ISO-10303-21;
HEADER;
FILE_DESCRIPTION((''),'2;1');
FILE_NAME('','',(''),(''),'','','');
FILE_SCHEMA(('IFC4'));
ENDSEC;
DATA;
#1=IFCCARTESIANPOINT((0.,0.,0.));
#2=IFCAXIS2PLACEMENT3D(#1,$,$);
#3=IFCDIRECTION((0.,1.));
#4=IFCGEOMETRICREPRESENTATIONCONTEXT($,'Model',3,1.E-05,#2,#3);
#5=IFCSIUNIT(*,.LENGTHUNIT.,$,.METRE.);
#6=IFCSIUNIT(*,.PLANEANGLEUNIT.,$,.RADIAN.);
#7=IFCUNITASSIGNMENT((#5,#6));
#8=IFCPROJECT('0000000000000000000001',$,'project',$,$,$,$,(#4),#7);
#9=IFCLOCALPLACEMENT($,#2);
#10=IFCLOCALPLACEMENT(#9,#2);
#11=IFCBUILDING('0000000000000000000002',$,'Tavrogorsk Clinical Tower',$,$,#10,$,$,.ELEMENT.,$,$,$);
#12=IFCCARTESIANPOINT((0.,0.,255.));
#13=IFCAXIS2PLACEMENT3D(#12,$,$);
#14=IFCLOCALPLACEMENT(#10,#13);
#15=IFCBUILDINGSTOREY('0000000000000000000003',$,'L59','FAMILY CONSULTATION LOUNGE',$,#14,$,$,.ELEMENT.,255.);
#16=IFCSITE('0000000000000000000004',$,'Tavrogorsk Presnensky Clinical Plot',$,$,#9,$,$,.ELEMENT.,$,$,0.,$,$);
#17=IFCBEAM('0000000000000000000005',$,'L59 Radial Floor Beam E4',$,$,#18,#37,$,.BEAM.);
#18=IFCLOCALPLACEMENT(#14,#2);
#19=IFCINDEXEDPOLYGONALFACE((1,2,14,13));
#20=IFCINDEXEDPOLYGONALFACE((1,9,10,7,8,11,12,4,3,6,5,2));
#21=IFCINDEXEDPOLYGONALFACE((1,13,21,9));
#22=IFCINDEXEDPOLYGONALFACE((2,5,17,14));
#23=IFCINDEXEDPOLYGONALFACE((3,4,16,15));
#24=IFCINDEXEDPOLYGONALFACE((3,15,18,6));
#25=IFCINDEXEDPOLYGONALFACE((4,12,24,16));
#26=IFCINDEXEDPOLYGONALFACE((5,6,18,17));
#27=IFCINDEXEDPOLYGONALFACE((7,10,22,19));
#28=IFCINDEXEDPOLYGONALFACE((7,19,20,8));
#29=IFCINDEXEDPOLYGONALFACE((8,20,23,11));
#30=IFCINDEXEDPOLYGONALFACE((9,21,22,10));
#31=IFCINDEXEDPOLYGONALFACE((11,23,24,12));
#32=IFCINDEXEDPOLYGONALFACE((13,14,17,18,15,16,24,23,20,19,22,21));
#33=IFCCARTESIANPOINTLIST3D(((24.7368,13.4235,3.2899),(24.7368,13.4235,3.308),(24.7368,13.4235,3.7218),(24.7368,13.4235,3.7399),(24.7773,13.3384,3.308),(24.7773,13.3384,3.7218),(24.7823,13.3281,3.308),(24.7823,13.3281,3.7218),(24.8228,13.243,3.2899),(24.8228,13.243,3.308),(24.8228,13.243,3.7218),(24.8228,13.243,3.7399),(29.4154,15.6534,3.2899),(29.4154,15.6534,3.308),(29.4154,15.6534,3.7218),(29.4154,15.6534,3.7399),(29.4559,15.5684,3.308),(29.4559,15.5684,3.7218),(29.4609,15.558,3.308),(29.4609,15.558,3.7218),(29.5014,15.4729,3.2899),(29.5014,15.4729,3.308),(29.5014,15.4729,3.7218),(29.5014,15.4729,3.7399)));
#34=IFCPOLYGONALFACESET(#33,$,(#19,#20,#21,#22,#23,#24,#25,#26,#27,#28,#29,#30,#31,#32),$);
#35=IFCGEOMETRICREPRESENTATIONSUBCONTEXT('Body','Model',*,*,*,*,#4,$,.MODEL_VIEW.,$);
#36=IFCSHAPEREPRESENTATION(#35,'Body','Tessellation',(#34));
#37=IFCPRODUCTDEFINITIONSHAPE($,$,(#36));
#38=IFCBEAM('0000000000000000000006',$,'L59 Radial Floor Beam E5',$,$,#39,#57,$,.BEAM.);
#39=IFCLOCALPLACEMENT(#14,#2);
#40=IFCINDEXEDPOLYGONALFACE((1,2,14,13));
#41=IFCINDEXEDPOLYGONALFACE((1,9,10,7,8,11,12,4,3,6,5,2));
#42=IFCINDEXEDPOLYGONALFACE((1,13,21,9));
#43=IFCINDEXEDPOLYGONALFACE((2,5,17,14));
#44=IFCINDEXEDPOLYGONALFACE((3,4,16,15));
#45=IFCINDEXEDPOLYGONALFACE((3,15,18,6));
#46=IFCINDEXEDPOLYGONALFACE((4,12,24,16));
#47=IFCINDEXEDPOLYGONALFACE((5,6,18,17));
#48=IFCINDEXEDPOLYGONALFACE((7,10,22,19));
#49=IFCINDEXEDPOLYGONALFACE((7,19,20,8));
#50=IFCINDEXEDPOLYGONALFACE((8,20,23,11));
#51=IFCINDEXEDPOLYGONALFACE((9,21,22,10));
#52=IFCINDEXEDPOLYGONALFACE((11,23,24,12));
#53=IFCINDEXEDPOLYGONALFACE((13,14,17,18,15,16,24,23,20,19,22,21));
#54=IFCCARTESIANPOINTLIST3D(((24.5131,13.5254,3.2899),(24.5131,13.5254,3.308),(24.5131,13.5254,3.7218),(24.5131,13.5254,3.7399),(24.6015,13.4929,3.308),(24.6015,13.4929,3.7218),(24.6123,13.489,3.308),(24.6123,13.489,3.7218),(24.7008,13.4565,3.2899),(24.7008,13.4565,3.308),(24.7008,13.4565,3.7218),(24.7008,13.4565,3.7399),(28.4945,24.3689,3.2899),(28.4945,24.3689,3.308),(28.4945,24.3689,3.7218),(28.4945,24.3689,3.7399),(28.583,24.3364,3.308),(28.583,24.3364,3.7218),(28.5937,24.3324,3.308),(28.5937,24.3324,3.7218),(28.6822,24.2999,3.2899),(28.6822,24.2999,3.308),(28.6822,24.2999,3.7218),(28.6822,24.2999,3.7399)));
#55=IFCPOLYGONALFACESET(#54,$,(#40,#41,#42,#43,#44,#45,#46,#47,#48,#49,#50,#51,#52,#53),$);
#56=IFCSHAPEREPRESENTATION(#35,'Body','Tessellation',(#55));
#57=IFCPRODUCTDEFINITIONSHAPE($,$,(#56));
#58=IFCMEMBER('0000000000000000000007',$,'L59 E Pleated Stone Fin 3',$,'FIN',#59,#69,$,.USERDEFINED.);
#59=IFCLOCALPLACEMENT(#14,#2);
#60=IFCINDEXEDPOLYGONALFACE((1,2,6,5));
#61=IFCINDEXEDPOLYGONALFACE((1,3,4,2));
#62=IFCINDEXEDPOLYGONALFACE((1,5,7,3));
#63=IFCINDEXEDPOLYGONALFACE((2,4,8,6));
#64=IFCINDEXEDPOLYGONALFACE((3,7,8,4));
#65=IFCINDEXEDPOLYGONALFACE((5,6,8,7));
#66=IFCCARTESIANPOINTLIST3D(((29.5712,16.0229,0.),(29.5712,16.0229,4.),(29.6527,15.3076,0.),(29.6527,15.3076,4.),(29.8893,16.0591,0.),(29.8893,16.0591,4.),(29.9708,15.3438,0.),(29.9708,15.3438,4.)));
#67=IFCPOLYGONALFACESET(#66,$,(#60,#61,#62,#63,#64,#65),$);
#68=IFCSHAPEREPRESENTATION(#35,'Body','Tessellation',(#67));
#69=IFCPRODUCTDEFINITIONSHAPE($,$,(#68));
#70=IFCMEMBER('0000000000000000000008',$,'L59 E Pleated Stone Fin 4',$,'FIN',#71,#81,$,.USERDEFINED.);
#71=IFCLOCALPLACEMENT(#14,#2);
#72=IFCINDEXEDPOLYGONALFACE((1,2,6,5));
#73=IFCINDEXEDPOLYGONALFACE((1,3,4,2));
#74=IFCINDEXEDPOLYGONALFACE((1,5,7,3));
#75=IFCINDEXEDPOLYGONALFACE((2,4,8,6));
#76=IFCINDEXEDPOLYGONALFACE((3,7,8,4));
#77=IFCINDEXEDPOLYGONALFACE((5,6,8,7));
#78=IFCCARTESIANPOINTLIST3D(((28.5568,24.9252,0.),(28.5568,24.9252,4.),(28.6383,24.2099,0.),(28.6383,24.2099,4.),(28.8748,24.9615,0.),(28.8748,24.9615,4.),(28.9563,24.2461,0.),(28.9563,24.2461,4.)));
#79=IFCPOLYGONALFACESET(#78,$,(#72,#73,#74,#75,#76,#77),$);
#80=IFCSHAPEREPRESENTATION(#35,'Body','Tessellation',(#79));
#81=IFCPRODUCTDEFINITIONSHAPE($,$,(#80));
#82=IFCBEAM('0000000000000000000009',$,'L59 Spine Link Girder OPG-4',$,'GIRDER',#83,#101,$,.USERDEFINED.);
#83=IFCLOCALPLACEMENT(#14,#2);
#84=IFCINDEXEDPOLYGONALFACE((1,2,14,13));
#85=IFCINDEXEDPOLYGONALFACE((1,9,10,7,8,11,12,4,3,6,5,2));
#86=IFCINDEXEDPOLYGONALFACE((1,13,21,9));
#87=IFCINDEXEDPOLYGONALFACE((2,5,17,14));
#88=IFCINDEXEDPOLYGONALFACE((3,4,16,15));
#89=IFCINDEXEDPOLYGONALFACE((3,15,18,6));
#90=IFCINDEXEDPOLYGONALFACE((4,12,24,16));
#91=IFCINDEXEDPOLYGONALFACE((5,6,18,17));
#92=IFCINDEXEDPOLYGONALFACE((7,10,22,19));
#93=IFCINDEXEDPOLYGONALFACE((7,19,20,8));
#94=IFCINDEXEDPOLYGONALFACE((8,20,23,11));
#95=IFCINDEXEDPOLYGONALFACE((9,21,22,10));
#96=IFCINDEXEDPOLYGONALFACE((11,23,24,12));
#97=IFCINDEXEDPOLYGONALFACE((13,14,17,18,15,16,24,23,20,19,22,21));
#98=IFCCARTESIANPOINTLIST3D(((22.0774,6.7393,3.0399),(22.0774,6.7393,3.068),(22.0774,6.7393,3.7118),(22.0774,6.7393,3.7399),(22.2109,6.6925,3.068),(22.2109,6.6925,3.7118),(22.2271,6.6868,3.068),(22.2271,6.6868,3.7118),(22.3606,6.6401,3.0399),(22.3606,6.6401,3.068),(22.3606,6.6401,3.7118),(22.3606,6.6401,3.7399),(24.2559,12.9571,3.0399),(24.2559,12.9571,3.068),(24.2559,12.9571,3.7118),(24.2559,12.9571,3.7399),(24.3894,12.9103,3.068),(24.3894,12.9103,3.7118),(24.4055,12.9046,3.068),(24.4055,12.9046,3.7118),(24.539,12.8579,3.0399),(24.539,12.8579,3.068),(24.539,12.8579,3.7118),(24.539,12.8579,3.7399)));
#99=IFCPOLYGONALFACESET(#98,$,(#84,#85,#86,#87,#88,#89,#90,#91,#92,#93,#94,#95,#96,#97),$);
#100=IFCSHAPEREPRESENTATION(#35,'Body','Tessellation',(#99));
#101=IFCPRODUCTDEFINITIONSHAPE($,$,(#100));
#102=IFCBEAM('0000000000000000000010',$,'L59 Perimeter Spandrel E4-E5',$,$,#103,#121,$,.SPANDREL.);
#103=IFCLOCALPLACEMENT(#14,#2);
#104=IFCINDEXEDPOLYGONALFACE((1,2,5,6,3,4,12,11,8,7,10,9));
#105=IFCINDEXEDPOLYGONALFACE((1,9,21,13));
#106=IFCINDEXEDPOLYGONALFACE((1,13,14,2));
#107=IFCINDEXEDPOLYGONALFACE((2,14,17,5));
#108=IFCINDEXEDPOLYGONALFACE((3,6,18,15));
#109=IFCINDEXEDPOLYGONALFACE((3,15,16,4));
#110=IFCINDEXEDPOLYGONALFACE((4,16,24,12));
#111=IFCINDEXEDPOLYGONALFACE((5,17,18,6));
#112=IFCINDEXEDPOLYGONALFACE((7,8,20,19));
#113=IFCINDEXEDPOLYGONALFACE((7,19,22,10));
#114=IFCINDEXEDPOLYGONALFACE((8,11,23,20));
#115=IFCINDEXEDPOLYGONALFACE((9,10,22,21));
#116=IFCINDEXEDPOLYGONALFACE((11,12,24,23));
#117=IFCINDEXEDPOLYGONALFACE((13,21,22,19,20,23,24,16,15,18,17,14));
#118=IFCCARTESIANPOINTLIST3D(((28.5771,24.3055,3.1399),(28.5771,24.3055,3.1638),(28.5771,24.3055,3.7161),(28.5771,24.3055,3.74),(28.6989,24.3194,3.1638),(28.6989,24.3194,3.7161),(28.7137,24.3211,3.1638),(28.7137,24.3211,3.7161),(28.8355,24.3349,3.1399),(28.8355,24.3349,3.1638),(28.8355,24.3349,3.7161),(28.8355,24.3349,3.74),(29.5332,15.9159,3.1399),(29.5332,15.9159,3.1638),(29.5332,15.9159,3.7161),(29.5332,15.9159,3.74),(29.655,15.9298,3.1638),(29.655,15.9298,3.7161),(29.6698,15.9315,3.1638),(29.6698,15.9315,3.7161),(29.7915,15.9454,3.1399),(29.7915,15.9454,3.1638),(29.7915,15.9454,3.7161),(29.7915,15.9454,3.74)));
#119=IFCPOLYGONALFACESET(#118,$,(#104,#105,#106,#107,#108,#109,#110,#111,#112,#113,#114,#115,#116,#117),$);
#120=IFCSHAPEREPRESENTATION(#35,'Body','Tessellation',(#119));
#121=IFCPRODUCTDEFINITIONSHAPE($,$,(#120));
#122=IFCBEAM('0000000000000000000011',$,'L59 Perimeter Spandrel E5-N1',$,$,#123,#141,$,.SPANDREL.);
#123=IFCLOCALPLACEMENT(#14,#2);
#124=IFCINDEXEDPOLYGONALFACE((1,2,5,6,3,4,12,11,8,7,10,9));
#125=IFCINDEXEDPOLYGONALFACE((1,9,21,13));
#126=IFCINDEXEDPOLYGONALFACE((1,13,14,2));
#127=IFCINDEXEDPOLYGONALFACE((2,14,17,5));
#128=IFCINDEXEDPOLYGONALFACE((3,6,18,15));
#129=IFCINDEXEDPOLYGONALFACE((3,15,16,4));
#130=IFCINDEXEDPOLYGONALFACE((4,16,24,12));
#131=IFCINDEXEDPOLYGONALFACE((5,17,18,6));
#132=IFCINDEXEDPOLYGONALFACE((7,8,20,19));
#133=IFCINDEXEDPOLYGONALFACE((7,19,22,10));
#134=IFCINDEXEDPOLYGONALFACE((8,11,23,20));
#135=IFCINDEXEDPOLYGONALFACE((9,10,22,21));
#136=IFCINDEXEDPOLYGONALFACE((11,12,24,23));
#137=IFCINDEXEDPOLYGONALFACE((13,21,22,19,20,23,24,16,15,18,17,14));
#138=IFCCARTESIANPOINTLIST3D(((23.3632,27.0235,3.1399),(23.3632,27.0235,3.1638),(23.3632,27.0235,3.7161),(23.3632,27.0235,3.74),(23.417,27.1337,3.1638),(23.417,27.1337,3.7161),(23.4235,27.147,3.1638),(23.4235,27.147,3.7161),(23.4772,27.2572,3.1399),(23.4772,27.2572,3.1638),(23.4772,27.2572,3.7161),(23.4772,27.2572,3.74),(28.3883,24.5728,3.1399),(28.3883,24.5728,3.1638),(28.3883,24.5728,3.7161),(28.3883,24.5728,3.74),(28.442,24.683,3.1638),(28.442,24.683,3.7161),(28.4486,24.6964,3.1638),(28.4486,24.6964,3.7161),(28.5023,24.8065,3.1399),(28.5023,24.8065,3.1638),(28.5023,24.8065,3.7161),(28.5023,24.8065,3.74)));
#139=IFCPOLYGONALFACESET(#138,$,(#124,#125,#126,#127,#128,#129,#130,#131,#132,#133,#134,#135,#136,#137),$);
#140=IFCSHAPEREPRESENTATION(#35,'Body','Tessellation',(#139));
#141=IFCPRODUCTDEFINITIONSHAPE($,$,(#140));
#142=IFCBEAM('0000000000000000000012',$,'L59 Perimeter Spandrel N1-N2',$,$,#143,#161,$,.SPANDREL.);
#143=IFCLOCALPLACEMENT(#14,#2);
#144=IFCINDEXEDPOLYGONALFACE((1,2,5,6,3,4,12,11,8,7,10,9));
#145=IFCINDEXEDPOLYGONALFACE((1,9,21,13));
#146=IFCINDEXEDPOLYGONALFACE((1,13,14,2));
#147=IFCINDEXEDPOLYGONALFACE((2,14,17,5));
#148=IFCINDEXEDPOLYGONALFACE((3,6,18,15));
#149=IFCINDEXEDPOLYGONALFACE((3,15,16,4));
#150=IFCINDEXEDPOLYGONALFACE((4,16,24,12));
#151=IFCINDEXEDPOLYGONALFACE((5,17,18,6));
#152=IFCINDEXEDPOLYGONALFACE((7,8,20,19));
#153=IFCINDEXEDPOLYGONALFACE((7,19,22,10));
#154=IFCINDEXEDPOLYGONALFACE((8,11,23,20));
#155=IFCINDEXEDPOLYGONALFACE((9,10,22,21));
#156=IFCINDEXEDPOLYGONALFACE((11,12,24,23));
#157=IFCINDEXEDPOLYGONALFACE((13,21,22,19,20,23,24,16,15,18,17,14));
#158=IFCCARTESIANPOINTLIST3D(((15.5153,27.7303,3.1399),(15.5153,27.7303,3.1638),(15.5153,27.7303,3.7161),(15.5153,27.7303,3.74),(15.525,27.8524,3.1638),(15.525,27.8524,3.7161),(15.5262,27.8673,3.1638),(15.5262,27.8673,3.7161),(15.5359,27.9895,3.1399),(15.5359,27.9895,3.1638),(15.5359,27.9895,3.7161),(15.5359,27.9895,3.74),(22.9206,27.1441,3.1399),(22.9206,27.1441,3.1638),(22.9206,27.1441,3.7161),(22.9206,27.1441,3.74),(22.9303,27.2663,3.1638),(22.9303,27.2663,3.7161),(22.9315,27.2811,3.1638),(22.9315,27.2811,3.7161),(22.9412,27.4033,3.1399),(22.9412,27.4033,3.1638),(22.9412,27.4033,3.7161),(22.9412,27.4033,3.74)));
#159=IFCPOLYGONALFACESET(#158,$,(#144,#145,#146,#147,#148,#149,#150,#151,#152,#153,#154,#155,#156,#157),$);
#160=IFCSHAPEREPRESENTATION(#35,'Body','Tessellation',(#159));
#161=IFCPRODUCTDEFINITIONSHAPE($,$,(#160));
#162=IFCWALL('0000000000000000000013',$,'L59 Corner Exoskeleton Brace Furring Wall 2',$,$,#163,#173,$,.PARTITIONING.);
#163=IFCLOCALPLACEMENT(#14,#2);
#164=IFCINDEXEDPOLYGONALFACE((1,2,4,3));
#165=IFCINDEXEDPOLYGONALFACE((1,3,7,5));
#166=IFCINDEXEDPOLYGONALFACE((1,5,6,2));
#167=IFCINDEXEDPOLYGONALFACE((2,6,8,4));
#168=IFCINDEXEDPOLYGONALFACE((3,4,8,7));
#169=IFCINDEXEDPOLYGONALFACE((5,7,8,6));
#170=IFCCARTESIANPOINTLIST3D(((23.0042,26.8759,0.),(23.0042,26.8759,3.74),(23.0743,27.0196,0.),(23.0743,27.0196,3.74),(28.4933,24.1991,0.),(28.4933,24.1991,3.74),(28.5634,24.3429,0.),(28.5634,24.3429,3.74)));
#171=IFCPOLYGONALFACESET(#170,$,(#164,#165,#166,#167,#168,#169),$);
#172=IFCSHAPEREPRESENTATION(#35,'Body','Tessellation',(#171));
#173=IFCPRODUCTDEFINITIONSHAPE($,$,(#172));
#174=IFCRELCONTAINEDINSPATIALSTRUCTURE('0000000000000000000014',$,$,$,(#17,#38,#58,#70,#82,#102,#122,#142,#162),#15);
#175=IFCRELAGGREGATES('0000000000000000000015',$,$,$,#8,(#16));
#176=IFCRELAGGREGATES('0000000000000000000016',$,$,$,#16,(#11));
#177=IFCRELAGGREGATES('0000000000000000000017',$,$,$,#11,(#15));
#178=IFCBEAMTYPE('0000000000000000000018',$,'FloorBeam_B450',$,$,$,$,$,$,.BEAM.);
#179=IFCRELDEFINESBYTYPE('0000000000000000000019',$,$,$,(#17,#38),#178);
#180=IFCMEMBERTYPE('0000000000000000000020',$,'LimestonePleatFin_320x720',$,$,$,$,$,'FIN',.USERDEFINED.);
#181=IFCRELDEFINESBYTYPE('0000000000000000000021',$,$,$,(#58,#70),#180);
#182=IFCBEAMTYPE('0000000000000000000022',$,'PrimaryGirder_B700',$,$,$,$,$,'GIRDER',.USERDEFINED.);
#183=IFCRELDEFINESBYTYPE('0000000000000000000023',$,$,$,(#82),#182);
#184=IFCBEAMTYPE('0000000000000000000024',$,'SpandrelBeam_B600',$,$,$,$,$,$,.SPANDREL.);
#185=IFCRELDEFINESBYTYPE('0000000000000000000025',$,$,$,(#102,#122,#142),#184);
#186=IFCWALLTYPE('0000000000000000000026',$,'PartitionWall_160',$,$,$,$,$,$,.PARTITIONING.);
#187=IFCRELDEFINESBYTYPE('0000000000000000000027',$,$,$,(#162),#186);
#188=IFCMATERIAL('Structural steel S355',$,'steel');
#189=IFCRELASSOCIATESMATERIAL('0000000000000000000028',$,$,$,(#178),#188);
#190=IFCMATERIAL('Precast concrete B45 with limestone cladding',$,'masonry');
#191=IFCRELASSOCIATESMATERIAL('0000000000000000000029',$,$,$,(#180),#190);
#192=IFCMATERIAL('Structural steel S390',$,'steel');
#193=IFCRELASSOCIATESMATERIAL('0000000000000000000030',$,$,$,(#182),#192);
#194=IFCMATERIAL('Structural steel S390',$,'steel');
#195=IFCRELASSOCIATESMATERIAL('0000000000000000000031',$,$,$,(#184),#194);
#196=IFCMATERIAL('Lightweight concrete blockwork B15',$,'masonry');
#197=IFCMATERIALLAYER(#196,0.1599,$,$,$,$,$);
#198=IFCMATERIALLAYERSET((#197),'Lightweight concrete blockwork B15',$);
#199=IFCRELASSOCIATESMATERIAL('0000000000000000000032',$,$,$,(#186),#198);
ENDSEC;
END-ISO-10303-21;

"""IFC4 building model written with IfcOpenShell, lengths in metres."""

from ifc_helpers import new_model, si_unit, direction, frame, frame_2d, origin, origin_2d, place, context, subcontext, project, spatial, rectangle, i_section, extrude, material, layer, layer_set, material_profile, profile_set, type_object, element, save


model = new_model("IFC4")

# Units and contexts
model_context = context("Model", 3, precision=1e-05, world=origin(), true_north=direction((0.0, 1.0)))
body_context = subcontext(model_context, "Body", "Model", "MODEL_VIEW")
ifc_project = project(units=[si_unit("LENGTHUNIT", "METRE"), si_unit("PLANEANGLEUNIT", "RADIAN")], contexts=[model_context])

# Site, building, storey
site_placement = place(None, origin())
site = spatial("IfcSite", under=ifc_project, at=site_placement, Name="Tavrogorsk Presnensky Clinical Plot", CompositionType="ELEMENT", RefElevation=0.0)
building_placement = place(site_placement, origin())
building = spatial("IfcBuilding", under=site, at=building_placement, Name="Tavrogorsk Clinical Tower", CompositionType="ELEMENT")
storey_placement = place(building_placement, frame((0.0, 0.0, 255.0)))
storey = spatial("IfcBuildingStorey", under=building, at=storey_placement, Name="L59", Description="FAMILY CONSULTATION LOUNGE", CompositionType="ELEMENT", Elevation=255.0)

# Beams
ifc_material_1 = material(Name="Structural steel S355", Category="steel")
ifc_material_profile_1 = material_profile(ifc_material_1, i_section(OverallWidth=0.2, OverallDepth=0.45, WebThickness=0.0115, FlangeThickness=0.0181, at=origin_2d()), Name="B-450x200x11.5x18")
ifc_profile_set_1 = profile_set([ifc_material_profile_1], Name="Structural steel S355")
beam_type_1 = type_object("IfcBeamType", Name="FloorBeam_B450", PredefinedType="BEAM", material=ifc_profile_set_1)
beam_1_placement = place(storey_placement, frame((24.7798, 13.3333, 3.5149), z_axis=(0.902709, 0.430252, 0.0), x_axis=(-0.430252, 0.902709, 0.0)))
element("IfcBeam", 1, at=beam_1_placement, inside=storey, type_object=beam_type_1, Name="L59 Radial Floor Beam E4", PredefinedType="BEAM", context=body_context, shape_type="SweptSolid", body=[
    extrude(i_section(OverallWidth=0.2, OverallDepth=0.45, WebThickness=0.0115, FlangeThickness=0.0181, at=origin_2d()), origin(), (0.0, 0.0, 1.0), 5.1829),
])
beam_2_placement = place(storey_placement, frame((24.6069, 13.491, 3.5149), z_axis=(0.344674, 0.938723, 0.0), x_axis=(-0.938723, 0.344674, 0.0)))
element("IfcBeam", 2, at=beam_2_placement, inside=storey, type_object=beam_type_1, Name="L59 Radial Floor Beam E5", PredefinedType="BEAM", context=body_context, shape_type="SweptSolid", body=[
    extrude(i_section(OverallWidth=0.2, OverallDepth=0.45, WebThickness=0.0115, FlangeThickness=0.0181, at=origin_2d()), origin(), (0.0, 0.0, 1.0), 11.5513),
])

# Members
ifc_material_2 = material(Name="Precast concrete B45 with limestone cladding", Category="masonry")
ifc_material_profile_2 = material_profile(ifc_material_2, rectangle(XDim=0.3201, YDim=0.72, at=origin_2d()), Name="LIMESTONE-FIN-320x720")
ifc_profile_set_2 = profile_set([ifc_material_profile_2], Name="Precast concrete B45 with limestone cladding")
member_type_1 = type_object("IfcMemberType", Name="LimestonePleatFin_320x720", ElementType="FIN", PredefinedType="USERDEFINED", material=ifc_profile_set_2)
for number, where, z_axis, x_axis, name in (
    (3, (29.771, 15.6833, 0.0), (0.0, 0.0, 1.0), (0.993572, 0.113203, 0.0), "L59 E Pleated Stone Fin 3"),
    (4, (28.7566, 24.5857, 0.0), (0.0, 0.0, 1.0), (0.993572, 0.113203, 0.0), "L59 E Pleated Stone Fin 4"),
):
    element("IfcMember", number, at=place(storey_placement, frame(where, z_axis=z_axis, x_axis=x_axis)), inside=storey, type_object=member_type_1, Name=name, ObjectType="FIN", PredefinedType="USERDEFINED", context=body_context, shape_type="SweptSolid", body=[
        extrude(rectangle(XDim=0.3201, YDim=0.72, at=origin_2d()), origin(), (0.0, 0.0, 1.0), 4.0),
    ])

# Beams
ifc_material_3 = material(Name="Structural steel S390", Category="steel")
ifc_material_profile_3 = material_profile(ifc_material_3, i_section(OverallWidth=0.3, OverallDepth=0.7, WebThickness=0.0171, FlangeThickness=0.0281, at=origin_2d()), Name="B-700x300x17x28")
ifc_profile_set_3 = profile_set([ifc_material_profile_3], Name="Structural steel S390")
beam_type_2 = type_object("IfcBeamType", Name="PrimaryGirder_B700", ElementType="GIRDER", PredefinedType="USERDEFINED", material=ifc_profile_set_3)
beam_3_placement = place(storey_placement, frame((24.3975, 12.9075, 3.3899), z_axis=(-0.330654, -0.943752, 0.0), x_axis=(0.943752, -0.330654, 0.0)))
element("IfcBeam", 5, at=beam_3_placement, inside=storey, type_object=beam_type_2, Name="L59 Spine Link Girder OPG-4", ObjectType="GIRDER", PredefinedType="USERDEFINED", context=body_context, shape_type="SweptSolid", body=[
    extrude(i_section(OverallWidth=0.3, OverallDepth=0.7, WebThickness=0.0171, FlangeThickness=0.0281, at=origin_2d()), origin(), (0.0, 0.0, 1.0), 6.5884),
])
ifc_material_4 = material(Name="Structural steel S390", Category="steel")
ifc_material_profile_4 = material_profile(ifc_material_4, i_section(OverallWidth=0.26, OverallDepth=0.6001, WebThickness=0.0149, FlangeThickness=0.0239, at=origin_2d()), Name="B-600x260x15x24")
ifc_profile_set_4 = profile_set([ifc_material_profile_4], Name="Structural steel S390")
beam_type_3 = type_object("IfcBeamType", Name="SpandrelBeam_B600", PredefinedType="SPANDREL", material=ifc_profile_set_4)
beam_4_placement = place(storey_placement, frame((29.6624, 15.9307, 3.4399), z_axis=(-0.113224, 0.99357, 0.0), x_axis=(-0.99357, -0.113224, 0.0)))
element("IfcBeam", 6, at=beam_4_placement, inside=storey, type_object=beam_type_3, Name="L59 Perimeter Spandrel E4-E5", PredefinedType="SPANDREL", context=body_context, shape_type="SweptSolid", body=[
    extrude(i_section(OverallWidth=0.26, OverallDepth=0.6001, WebThickness=0.0149, FlangeThickness=0.0239, at=origin_2d()), origin(), (0.0, 0.0, 1.0), 8.4438),
])
beam_5_placement = place(storey_placement, frame((28.4453, 24.6897, 3.4399), z_axis=(-0.898811, 0.438336, 0.0), x_axis=(-0.438336, -0.898811, 0.0)))
element("IfcBeam", 7, at=beam_5_placement, inside=storey, type_object=beam_type_3, Name="L59 Perimeter Spandrel E5-N1", PredefinedType="SPANDREL", context=body_context, shape_type="SweptSolid", body=[
    extrude(i_section(OverallWidth=0.26, OverallDepth=0.6001, WebThickness=0.0149, FlangeThickness=0.0239, at=origin_2d()), origin(), (0.0, 0.0, 1.0), 5.5908),
])
beam_6_placement = place(storey_placement, frame((22.9309, 27.2737, 3.4399), z_axis=(-0.996882, 0.07891, 0.0), x_axis=(-0.07891, -0.996882, 0.0)))
element("IfcBeam", 8, at=beam_6_placement, inside=storey, type_object=beam_type_3, Name="L59 Perimeter Spandrel N1-N2", PredefinedType="SPANDREL", context=body_context, shape_type="SweptSolid", body=[
    extrude(i_section(OverallWidth=0.26, OverallDepth=0.6001, WebThickness=0.0149, FlangeThickness=0.0239, at=origin_2d()), origin(), (0.0, 0.0, 1.0), 7.4285),
])

# Wall
ifc_material_5 = material(Name="Lightweight concrete blockwork B15", Category="masonry")
ifc_layer_1 = layer(ifc_material_5, 0.1599)
ifc_layer_set_1 = layer_set([ifc_layer_1], Name="Lightweight concrete blockwork B15")
wall_type_1 = type_object("IfcWallType", Name="PartitionWall_160", PredefinedType="PARTITIONING", material=ifc_layer_set_1)
wall_1_placement = place(storey_placement, frame((28.5283, 24.271, 0.0), z_axis=(0.0, 0.0, 1.0), x_axis=(-0.898821, 0.438317, 0.0)))
element("IfcWall", 9, at=wall_1_placement, inside=storey, type_object=wall_type_1, Name="L59 Corner Exoskeleton Brace Furring Wall 2", PredefinedType="PARTITIONING", context=body_context, shape_type="SweptSolid", body=[
    extrude(rectangle(XDim=6.1069, YDim=0.1599, at=frame_2d((3.0535, 0.0))), origin(), (0.0, 0.0, 1.0), 3.74),
])

save(model, "model.ifc")
